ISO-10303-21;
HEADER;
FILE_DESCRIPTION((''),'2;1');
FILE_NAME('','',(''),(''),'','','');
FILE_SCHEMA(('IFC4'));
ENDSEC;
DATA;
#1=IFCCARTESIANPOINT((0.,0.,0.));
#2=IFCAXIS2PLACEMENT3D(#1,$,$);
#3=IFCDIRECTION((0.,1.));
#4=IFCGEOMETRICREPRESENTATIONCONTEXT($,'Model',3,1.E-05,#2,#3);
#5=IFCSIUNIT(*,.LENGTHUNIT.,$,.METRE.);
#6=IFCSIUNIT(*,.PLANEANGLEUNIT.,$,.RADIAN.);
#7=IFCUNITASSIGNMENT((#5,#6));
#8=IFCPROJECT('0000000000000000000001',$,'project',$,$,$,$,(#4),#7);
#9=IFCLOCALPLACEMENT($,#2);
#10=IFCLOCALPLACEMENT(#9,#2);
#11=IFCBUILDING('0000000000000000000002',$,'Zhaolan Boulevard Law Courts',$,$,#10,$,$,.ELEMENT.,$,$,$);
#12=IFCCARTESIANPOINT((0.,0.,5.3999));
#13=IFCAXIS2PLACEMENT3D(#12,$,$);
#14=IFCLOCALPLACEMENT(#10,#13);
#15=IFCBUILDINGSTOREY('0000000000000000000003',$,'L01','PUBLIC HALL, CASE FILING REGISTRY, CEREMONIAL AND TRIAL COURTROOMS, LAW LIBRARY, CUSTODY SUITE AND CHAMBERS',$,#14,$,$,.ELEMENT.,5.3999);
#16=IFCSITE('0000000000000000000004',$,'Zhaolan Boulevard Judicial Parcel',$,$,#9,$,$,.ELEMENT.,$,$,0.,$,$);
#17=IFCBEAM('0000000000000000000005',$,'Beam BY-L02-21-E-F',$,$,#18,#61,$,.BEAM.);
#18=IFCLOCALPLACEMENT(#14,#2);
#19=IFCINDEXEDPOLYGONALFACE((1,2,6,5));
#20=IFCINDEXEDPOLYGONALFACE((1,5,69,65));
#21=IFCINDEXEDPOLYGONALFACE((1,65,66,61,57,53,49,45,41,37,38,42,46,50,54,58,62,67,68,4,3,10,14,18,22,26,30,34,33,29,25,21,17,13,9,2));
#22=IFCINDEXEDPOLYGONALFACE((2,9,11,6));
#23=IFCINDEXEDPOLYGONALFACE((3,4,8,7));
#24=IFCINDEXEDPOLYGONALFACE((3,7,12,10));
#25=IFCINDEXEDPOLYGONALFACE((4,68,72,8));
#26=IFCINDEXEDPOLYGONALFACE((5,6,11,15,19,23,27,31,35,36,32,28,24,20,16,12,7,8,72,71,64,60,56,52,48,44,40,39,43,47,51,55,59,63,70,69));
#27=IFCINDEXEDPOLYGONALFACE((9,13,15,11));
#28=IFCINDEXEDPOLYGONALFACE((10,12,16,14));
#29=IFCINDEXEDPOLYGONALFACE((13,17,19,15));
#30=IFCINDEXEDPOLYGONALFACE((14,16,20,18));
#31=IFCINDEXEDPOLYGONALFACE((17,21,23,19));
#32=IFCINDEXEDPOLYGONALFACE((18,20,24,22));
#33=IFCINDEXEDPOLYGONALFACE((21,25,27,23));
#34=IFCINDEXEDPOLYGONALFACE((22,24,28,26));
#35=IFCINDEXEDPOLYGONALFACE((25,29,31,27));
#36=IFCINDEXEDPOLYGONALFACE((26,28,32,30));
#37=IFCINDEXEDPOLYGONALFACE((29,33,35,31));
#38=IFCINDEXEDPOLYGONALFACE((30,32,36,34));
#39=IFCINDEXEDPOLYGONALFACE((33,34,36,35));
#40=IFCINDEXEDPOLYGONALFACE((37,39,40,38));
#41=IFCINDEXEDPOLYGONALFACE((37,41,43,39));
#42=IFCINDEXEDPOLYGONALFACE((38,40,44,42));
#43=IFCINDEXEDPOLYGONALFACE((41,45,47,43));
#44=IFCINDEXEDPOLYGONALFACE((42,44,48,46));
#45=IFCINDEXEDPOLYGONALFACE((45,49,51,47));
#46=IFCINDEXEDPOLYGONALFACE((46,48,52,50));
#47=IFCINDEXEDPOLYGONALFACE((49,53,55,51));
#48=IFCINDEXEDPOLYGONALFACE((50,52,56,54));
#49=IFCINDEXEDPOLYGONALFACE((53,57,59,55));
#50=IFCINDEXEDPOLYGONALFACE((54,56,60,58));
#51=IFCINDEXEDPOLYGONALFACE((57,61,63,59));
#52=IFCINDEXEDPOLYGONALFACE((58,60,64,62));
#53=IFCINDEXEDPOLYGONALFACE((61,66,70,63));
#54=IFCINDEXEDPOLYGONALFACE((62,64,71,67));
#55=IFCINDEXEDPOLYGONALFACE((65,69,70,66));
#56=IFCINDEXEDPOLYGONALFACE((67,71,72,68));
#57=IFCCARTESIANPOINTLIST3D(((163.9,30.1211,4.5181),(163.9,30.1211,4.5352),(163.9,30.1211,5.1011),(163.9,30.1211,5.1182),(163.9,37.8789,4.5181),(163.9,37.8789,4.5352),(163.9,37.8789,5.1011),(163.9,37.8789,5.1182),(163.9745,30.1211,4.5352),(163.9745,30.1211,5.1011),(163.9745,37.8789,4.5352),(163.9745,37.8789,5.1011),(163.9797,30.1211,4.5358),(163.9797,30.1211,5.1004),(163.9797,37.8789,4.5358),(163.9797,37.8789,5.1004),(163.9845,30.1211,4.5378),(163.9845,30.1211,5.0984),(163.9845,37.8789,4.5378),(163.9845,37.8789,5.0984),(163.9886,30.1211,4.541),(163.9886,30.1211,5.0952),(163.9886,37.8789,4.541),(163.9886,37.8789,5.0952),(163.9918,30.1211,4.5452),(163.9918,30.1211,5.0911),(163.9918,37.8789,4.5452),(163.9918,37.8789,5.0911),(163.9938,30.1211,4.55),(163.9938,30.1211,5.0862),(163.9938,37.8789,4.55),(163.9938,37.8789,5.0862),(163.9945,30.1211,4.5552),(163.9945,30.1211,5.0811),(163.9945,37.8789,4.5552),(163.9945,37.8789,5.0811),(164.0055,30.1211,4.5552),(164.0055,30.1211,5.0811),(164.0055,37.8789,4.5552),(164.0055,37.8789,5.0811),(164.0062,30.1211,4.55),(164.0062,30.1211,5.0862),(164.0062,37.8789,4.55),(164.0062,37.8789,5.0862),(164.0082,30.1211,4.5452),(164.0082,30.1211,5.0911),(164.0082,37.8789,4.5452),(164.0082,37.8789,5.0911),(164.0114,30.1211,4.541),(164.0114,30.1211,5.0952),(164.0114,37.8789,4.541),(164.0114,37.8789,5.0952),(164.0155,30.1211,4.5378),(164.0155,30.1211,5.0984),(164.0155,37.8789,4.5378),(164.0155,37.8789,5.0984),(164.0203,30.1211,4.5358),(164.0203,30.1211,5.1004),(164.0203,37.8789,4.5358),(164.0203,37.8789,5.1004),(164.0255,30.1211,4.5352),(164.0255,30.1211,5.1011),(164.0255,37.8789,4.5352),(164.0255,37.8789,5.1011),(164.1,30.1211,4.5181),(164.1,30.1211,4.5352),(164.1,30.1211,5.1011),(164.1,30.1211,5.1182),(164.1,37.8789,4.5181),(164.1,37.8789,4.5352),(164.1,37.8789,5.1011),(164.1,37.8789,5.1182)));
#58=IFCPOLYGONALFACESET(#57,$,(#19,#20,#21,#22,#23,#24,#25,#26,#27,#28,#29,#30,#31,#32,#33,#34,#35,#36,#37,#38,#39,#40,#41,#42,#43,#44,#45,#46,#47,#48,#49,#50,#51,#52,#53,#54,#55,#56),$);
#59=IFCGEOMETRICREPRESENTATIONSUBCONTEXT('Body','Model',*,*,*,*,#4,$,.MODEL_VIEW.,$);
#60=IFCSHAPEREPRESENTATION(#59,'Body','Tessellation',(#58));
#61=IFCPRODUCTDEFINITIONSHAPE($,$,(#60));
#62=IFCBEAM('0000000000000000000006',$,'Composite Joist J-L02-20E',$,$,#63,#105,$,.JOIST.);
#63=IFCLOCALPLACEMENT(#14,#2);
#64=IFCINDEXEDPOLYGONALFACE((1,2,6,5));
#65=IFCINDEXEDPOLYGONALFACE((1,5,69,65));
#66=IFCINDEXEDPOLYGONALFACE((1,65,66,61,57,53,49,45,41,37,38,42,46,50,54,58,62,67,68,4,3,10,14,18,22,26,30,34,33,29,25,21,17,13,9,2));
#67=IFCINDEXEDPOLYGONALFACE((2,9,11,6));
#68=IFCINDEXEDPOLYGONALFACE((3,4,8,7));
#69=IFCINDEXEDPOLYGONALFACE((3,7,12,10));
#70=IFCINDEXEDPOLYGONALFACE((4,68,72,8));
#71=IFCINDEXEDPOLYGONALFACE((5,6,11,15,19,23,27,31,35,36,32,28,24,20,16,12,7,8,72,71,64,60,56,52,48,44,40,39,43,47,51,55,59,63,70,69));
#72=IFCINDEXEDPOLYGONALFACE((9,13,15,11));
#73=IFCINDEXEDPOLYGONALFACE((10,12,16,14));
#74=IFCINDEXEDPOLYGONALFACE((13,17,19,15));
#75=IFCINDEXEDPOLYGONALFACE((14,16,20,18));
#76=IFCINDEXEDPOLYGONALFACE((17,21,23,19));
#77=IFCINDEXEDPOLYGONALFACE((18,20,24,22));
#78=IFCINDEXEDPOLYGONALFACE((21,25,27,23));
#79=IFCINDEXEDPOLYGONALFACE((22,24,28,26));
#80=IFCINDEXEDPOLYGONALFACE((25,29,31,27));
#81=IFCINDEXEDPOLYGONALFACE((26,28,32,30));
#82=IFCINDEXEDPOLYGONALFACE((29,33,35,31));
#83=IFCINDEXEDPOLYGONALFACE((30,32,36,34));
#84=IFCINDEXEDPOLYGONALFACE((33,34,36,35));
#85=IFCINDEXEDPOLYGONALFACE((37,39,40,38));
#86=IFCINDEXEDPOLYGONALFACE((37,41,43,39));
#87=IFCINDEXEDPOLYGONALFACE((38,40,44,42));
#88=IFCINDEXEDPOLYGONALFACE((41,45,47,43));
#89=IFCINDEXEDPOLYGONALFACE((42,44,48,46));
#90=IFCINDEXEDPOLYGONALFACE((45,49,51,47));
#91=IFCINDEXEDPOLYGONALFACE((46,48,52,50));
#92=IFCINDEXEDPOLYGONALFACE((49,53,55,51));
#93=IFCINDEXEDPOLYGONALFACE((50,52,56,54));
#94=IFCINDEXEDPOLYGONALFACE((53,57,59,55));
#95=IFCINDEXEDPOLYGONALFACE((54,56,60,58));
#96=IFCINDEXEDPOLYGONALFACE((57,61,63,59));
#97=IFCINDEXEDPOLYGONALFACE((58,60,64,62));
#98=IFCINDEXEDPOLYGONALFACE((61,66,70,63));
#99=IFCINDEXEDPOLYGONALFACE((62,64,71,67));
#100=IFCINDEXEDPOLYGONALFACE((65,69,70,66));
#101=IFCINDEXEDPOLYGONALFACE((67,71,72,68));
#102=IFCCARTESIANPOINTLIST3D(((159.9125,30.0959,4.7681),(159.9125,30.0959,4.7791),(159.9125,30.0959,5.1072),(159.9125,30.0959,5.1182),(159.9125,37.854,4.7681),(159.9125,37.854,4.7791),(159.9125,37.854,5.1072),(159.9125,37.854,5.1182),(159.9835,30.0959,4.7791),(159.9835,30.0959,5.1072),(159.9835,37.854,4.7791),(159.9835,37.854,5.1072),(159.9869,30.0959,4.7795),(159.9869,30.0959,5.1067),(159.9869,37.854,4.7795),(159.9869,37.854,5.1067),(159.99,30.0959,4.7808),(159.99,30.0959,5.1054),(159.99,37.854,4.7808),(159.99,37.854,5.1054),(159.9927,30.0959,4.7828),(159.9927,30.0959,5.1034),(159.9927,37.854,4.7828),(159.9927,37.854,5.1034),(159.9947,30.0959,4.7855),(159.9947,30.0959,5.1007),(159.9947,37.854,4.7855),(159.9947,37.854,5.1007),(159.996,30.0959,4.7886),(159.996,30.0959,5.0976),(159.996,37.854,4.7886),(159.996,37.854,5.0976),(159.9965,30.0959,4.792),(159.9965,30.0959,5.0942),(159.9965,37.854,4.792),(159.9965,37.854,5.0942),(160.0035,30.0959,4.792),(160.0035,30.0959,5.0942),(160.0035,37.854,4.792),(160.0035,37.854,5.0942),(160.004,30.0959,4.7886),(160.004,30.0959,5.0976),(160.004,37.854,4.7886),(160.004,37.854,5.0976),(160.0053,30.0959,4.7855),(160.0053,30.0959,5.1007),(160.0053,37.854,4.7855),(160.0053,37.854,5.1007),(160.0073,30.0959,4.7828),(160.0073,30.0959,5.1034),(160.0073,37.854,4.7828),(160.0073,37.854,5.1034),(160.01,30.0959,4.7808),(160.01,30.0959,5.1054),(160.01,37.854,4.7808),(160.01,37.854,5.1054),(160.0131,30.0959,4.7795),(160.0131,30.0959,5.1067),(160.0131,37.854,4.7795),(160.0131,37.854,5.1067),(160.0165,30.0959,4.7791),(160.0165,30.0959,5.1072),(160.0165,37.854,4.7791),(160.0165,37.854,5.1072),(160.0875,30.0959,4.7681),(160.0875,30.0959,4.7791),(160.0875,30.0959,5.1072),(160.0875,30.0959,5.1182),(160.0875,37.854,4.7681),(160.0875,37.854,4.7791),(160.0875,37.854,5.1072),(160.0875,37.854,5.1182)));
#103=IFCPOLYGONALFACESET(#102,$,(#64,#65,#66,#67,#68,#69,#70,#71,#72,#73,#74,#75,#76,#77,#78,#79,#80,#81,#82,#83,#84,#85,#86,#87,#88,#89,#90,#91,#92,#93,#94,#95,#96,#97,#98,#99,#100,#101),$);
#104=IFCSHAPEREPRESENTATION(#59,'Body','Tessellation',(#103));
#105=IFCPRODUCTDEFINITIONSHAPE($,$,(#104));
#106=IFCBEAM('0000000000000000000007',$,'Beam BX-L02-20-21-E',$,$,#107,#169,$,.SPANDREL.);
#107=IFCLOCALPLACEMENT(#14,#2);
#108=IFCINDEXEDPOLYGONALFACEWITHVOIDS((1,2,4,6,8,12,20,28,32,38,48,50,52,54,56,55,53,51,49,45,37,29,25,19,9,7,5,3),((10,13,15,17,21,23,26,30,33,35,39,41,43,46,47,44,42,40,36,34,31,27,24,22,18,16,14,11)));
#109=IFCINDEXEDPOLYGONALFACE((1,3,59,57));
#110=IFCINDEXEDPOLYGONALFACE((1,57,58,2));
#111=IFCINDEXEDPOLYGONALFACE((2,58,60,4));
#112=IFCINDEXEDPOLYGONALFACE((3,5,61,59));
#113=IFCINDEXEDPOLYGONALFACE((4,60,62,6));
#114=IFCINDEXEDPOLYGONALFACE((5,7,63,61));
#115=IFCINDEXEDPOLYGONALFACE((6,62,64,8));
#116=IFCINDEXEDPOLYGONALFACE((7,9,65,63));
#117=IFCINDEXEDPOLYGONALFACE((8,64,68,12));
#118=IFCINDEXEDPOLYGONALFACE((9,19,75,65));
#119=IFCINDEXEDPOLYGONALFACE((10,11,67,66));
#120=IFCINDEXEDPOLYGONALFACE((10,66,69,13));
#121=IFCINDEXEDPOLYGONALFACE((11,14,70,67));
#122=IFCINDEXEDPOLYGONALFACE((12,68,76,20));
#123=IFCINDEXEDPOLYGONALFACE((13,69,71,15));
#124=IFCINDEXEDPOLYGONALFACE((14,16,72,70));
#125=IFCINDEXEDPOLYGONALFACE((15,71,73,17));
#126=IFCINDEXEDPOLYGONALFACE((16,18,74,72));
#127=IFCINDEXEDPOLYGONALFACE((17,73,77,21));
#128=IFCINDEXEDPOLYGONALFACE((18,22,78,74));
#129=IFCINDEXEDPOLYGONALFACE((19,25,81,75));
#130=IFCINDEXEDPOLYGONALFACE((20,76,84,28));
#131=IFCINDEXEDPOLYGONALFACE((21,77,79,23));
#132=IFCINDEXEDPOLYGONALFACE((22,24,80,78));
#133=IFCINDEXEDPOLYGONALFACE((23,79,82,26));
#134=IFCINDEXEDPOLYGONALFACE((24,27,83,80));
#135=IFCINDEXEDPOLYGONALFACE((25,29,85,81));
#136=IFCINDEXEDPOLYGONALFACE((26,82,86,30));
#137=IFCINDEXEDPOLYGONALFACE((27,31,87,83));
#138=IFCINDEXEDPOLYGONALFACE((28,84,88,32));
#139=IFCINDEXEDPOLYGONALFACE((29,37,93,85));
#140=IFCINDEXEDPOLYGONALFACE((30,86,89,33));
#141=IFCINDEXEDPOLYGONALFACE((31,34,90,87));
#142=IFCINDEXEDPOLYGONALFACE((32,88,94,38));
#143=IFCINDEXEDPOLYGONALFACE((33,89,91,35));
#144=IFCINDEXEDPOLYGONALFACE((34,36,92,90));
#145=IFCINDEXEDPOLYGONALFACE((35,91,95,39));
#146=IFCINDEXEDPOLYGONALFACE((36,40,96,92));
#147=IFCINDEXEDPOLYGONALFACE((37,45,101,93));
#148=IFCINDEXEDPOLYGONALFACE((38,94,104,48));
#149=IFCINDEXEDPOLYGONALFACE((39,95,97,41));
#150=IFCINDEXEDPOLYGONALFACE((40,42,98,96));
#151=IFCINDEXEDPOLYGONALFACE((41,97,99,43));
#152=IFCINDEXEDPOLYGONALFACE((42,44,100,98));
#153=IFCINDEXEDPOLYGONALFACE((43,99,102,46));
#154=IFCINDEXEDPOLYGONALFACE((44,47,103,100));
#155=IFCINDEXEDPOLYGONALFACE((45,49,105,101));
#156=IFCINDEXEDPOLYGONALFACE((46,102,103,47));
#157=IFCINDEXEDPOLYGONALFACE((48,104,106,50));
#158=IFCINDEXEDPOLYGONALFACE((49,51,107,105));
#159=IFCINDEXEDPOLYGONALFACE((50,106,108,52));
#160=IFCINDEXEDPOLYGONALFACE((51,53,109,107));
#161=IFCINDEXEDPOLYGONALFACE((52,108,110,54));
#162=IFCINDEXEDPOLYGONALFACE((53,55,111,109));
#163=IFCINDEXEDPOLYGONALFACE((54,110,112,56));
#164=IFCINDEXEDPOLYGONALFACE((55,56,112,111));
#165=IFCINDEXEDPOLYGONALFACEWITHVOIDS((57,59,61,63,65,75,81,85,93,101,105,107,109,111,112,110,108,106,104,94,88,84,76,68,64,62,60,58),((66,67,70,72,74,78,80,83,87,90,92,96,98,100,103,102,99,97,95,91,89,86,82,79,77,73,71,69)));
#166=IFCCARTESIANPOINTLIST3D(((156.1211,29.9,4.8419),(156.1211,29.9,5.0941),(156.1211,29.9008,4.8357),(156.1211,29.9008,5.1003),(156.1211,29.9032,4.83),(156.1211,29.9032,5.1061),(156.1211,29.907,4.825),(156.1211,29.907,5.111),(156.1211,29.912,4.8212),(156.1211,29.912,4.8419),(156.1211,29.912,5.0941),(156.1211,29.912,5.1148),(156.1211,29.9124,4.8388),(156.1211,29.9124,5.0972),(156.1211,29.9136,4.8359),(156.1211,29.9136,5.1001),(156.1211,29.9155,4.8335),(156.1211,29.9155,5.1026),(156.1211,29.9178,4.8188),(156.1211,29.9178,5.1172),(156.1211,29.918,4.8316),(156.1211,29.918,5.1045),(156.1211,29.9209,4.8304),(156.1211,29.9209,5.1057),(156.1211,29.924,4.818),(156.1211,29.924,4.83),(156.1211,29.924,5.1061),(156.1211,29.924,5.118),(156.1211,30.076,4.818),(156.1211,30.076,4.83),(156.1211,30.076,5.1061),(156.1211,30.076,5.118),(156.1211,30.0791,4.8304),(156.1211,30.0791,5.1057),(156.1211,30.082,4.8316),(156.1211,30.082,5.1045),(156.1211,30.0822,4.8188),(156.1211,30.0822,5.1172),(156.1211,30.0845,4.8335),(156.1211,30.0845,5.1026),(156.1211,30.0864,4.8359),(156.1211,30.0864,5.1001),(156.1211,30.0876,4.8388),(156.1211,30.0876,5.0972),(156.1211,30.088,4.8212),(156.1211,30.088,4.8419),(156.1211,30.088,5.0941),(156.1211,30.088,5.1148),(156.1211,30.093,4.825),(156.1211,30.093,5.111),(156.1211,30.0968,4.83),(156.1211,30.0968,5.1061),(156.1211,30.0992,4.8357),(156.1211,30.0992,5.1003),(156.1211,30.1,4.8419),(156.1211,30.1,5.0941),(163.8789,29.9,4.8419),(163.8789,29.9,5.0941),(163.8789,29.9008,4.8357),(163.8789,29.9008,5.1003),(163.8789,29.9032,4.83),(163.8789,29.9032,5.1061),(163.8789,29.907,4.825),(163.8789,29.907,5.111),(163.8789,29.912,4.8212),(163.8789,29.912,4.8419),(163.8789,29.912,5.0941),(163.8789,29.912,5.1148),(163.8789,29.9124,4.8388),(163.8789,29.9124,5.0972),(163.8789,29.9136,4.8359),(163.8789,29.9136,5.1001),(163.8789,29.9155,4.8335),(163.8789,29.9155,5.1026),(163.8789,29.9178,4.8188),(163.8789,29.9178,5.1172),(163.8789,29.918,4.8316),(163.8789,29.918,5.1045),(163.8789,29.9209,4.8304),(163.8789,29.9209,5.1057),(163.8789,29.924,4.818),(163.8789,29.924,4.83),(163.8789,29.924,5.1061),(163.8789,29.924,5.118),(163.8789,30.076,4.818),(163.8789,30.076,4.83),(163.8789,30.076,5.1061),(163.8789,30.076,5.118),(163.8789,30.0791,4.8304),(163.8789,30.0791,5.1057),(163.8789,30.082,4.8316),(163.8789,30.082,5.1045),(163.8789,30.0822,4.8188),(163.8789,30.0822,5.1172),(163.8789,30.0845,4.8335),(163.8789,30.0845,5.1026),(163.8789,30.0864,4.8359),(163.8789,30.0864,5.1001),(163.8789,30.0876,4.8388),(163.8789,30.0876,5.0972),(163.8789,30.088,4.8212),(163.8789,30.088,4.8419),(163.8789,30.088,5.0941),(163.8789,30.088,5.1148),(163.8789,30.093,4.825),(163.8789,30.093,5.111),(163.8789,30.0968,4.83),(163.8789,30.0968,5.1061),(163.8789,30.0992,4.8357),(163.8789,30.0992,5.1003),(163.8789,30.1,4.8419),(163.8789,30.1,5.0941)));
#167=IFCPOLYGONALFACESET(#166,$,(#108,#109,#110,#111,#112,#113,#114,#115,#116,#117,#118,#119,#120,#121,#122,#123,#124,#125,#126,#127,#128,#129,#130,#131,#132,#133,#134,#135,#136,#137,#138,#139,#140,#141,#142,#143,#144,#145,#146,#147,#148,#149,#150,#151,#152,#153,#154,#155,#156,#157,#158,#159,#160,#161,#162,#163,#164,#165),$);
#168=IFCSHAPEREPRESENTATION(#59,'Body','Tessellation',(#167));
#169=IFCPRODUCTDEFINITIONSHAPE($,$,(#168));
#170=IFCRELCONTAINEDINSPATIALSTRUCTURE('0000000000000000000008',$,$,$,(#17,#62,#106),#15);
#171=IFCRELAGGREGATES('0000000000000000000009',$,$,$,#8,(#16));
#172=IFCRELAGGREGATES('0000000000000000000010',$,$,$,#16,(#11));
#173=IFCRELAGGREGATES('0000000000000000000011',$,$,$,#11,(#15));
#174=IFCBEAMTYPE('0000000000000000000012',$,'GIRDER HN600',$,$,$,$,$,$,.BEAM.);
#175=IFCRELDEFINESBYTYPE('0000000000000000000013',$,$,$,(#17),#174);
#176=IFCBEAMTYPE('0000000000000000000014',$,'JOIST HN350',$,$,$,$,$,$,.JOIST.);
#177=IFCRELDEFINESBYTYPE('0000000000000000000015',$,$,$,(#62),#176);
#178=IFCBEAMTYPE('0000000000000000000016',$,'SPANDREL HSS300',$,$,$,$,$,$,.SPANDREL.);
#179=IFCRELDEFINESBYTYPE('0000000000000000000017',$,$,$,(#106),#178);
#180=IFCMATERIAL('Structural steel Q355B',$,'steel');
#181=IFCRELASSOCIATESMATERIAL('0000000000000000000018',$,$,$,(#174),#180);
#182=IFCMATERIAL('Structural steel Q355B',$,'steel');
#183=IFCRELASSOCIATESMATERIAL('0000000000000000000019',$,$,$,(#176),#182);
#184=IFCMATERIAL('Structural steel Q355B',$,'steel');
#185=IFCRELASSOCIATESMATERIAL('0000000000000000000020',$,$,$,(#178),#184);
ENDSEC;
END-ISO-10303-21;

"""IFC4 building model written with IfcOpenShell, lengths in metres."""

from ifc_helpers import new_model, si_unit, direction, frame, origin, origin_2d, place, context, subcontext, project, spatial, hollow_rectangle, i_section, extrude, material, material_profile, profile_set, type_object, element, save


model = new_model("IFC4")

# Units and contexts
model_context = context("Model", 3, precision=1e-05, world=origin(), true_north=direction((0.0, 1.0)))
body_context = subcontext(model_context, "Body", "Model", "MODEL_VIEW")
ifc_project = project(units=[si_unit("LENGTHUNIT", "METRE"), si_unit("PLANEANGLEUNIT", "RADIAN")], contexts=[model_context])

# Site, building, storey
site_placement = place(None, origin())
site = spatial("IfcSite", under=ifc_project, at=site_placement, Name="Zhaolan Boulevard Judicial Parcel", CompositionType="ELEMENT", RefElevation=0.0)
building_placement = place(site_placement, origin())
building = spatial("IfcBuilding", under=site, at=building_placement, Name="Zhaolan Boulevard Law Courts", CompositionType="ELEMENT")
storey_placement = place(building_placement, frame((0.0, 0.0, 5.3999)))
storey = spatial("IfcBuildingStorey", under=building, at=storey_placement, Name="L01", Description="PUBLIC HALL, CASE FILING REGISTRY, CEREMONIAL AND TRIAL COURTROOMS, LAW LIBRARY, CUSTODY SUITE AND CHAMBERS", CompositionType="ELEMENT", Elevation=5.3999)

# Beams
ifc_material_1 = material(Name="Structural steel Q355B", Category="steel")
ifc_material_profile_1 = material_profile(ifc_material_1, i_section(OverallWidth=0.2, OverallDepth=0.6001, WebThickness=0.011, FlangeThickness=0.0171, FilletRadius=0.02, at=origin_2d()), Name="HN600x200")
ifc_profile_set_1 = profile_set([ifc_material_profile_1], Name="Structural steel Q355B")
beam_type_1 = type_object("IfcBeamType", Name="GIRDER HN600", PredefinedType="BEAM", material=ifc_profile_set_1)
for number, where, z_axis, x_axis, name in (
    (1, (164.0, 30.1211, 4.8181), (0.0, 1.0, 0.0), (-1.0, 0.0, 0.0), "Beam BY-L02-21-E-F"),
):
    element("IfcBeam", number, at=place(storey_placement, frame(where, z_axis=z_axis, x_axis=x_axis)), inside=storey, type_object=beam_type_1, Name=name, PredefinedType="BEAM", context=body_context, shape_type="SweptSolid", body=[
        extrude(i_section(OverallWidth=0.2, OverallDepth=0.6001, WebThickness=0.011, FlangeThickness=0.0171, FilletRadius=0.02, at=origin_2d()), origin(), (0.0, 0.0, 1.0), 7.7578),
    ])
ifc_material_2 = material(Name="Structural steel Q355B", Category="steel")
ifc_material_profile_2 = material_profile(ifc_material_2, i_section(OverallWidth=0.175, OverallDepth=0.3501, WebThickness=0.0071, FlangeThickness=0.011, FilletRadius=0.0129, at=origin_2d()), Name="HN350x175")
ifc_profile_set_2 = profile_set([ifc_material_profile_2], Name="Structural steel Q355B")
beam_type_2 = type_object("IfcBeamType", Name="JOIST HN350", PredefinedType="JOIST", material=ifc_profile_set_2)
beam_1_placement = place(storey_placement, frame((160.0, 30.0959, 4.9431), z_axis=(0.0, 1.0, 0.0), x_axis=(-1.0, 0.0, 0.0)))
element("IfcBeam", 2, at=beam_1_placement, inside=storey, type_object=beam_type_2, Name="Composite Joist J-L02-20E", PredefinedType="JOIST", context=body_context, shape_type="SweptSolid", body=[
    extrude(i_section(OverallWidth=0.175, OverallDepth=0.3501, WebThickness=0.0071, FlangeThickness=0.011, FilletRadius=0.0129, at=origin_2d()), origin(), (0.0, 0.0, 1.0), 7.7581),
])
ifc_material_3 = material(Name="Structural steel Q355B", Category="steel")
ifc_material_profile_3 = material_profile(ifc_material_3, hollow_rectangle(XDim=0.2, YDim=0.3, WallThickness=0.012, InnerFilletRadius=0.012, OuterFilletRadius=0.0239, at=origin_2d()), Name="HSS300x200x12")
ifc_profile_set_3 = profile_set([ifc_material_profile_3], Name="Structural steel Q355B")
beam_type_3 = type_object("IfcBeamType", Name="SPANDREL HSS300", PredefinedType="SPANDREL", material=ifc_profile_set_3)
for number, where, z_axis, x_axis, name in (
    (3, (156.1211, 30.0, 4.968), (1.0, 0.0, 0.0), (0.0, 1.0, 0.0), "Beam BX-L02-20-21-E"),
):
    element("IfcBeam", number, at=place(storey_placement, frame(where, z_axis=z_axis, x_axis=x_axis)), inside=storey, type_object=beam_type_3, Name=name, PredefinedType="SPANDREL", context=body_context, shape_type="SweptSolid", body=[
        extrude(hollow_rectangle(XDim=0.2, YDim=0.3, WallThickness=0.012, InnerFilletRadius=0.012, OuterFilletRadius=0.0239, at=origin_2d()), origin(), (0.0, 0.0, 1.0), 7.7578),
    ])

save(model, "model.ifc")
